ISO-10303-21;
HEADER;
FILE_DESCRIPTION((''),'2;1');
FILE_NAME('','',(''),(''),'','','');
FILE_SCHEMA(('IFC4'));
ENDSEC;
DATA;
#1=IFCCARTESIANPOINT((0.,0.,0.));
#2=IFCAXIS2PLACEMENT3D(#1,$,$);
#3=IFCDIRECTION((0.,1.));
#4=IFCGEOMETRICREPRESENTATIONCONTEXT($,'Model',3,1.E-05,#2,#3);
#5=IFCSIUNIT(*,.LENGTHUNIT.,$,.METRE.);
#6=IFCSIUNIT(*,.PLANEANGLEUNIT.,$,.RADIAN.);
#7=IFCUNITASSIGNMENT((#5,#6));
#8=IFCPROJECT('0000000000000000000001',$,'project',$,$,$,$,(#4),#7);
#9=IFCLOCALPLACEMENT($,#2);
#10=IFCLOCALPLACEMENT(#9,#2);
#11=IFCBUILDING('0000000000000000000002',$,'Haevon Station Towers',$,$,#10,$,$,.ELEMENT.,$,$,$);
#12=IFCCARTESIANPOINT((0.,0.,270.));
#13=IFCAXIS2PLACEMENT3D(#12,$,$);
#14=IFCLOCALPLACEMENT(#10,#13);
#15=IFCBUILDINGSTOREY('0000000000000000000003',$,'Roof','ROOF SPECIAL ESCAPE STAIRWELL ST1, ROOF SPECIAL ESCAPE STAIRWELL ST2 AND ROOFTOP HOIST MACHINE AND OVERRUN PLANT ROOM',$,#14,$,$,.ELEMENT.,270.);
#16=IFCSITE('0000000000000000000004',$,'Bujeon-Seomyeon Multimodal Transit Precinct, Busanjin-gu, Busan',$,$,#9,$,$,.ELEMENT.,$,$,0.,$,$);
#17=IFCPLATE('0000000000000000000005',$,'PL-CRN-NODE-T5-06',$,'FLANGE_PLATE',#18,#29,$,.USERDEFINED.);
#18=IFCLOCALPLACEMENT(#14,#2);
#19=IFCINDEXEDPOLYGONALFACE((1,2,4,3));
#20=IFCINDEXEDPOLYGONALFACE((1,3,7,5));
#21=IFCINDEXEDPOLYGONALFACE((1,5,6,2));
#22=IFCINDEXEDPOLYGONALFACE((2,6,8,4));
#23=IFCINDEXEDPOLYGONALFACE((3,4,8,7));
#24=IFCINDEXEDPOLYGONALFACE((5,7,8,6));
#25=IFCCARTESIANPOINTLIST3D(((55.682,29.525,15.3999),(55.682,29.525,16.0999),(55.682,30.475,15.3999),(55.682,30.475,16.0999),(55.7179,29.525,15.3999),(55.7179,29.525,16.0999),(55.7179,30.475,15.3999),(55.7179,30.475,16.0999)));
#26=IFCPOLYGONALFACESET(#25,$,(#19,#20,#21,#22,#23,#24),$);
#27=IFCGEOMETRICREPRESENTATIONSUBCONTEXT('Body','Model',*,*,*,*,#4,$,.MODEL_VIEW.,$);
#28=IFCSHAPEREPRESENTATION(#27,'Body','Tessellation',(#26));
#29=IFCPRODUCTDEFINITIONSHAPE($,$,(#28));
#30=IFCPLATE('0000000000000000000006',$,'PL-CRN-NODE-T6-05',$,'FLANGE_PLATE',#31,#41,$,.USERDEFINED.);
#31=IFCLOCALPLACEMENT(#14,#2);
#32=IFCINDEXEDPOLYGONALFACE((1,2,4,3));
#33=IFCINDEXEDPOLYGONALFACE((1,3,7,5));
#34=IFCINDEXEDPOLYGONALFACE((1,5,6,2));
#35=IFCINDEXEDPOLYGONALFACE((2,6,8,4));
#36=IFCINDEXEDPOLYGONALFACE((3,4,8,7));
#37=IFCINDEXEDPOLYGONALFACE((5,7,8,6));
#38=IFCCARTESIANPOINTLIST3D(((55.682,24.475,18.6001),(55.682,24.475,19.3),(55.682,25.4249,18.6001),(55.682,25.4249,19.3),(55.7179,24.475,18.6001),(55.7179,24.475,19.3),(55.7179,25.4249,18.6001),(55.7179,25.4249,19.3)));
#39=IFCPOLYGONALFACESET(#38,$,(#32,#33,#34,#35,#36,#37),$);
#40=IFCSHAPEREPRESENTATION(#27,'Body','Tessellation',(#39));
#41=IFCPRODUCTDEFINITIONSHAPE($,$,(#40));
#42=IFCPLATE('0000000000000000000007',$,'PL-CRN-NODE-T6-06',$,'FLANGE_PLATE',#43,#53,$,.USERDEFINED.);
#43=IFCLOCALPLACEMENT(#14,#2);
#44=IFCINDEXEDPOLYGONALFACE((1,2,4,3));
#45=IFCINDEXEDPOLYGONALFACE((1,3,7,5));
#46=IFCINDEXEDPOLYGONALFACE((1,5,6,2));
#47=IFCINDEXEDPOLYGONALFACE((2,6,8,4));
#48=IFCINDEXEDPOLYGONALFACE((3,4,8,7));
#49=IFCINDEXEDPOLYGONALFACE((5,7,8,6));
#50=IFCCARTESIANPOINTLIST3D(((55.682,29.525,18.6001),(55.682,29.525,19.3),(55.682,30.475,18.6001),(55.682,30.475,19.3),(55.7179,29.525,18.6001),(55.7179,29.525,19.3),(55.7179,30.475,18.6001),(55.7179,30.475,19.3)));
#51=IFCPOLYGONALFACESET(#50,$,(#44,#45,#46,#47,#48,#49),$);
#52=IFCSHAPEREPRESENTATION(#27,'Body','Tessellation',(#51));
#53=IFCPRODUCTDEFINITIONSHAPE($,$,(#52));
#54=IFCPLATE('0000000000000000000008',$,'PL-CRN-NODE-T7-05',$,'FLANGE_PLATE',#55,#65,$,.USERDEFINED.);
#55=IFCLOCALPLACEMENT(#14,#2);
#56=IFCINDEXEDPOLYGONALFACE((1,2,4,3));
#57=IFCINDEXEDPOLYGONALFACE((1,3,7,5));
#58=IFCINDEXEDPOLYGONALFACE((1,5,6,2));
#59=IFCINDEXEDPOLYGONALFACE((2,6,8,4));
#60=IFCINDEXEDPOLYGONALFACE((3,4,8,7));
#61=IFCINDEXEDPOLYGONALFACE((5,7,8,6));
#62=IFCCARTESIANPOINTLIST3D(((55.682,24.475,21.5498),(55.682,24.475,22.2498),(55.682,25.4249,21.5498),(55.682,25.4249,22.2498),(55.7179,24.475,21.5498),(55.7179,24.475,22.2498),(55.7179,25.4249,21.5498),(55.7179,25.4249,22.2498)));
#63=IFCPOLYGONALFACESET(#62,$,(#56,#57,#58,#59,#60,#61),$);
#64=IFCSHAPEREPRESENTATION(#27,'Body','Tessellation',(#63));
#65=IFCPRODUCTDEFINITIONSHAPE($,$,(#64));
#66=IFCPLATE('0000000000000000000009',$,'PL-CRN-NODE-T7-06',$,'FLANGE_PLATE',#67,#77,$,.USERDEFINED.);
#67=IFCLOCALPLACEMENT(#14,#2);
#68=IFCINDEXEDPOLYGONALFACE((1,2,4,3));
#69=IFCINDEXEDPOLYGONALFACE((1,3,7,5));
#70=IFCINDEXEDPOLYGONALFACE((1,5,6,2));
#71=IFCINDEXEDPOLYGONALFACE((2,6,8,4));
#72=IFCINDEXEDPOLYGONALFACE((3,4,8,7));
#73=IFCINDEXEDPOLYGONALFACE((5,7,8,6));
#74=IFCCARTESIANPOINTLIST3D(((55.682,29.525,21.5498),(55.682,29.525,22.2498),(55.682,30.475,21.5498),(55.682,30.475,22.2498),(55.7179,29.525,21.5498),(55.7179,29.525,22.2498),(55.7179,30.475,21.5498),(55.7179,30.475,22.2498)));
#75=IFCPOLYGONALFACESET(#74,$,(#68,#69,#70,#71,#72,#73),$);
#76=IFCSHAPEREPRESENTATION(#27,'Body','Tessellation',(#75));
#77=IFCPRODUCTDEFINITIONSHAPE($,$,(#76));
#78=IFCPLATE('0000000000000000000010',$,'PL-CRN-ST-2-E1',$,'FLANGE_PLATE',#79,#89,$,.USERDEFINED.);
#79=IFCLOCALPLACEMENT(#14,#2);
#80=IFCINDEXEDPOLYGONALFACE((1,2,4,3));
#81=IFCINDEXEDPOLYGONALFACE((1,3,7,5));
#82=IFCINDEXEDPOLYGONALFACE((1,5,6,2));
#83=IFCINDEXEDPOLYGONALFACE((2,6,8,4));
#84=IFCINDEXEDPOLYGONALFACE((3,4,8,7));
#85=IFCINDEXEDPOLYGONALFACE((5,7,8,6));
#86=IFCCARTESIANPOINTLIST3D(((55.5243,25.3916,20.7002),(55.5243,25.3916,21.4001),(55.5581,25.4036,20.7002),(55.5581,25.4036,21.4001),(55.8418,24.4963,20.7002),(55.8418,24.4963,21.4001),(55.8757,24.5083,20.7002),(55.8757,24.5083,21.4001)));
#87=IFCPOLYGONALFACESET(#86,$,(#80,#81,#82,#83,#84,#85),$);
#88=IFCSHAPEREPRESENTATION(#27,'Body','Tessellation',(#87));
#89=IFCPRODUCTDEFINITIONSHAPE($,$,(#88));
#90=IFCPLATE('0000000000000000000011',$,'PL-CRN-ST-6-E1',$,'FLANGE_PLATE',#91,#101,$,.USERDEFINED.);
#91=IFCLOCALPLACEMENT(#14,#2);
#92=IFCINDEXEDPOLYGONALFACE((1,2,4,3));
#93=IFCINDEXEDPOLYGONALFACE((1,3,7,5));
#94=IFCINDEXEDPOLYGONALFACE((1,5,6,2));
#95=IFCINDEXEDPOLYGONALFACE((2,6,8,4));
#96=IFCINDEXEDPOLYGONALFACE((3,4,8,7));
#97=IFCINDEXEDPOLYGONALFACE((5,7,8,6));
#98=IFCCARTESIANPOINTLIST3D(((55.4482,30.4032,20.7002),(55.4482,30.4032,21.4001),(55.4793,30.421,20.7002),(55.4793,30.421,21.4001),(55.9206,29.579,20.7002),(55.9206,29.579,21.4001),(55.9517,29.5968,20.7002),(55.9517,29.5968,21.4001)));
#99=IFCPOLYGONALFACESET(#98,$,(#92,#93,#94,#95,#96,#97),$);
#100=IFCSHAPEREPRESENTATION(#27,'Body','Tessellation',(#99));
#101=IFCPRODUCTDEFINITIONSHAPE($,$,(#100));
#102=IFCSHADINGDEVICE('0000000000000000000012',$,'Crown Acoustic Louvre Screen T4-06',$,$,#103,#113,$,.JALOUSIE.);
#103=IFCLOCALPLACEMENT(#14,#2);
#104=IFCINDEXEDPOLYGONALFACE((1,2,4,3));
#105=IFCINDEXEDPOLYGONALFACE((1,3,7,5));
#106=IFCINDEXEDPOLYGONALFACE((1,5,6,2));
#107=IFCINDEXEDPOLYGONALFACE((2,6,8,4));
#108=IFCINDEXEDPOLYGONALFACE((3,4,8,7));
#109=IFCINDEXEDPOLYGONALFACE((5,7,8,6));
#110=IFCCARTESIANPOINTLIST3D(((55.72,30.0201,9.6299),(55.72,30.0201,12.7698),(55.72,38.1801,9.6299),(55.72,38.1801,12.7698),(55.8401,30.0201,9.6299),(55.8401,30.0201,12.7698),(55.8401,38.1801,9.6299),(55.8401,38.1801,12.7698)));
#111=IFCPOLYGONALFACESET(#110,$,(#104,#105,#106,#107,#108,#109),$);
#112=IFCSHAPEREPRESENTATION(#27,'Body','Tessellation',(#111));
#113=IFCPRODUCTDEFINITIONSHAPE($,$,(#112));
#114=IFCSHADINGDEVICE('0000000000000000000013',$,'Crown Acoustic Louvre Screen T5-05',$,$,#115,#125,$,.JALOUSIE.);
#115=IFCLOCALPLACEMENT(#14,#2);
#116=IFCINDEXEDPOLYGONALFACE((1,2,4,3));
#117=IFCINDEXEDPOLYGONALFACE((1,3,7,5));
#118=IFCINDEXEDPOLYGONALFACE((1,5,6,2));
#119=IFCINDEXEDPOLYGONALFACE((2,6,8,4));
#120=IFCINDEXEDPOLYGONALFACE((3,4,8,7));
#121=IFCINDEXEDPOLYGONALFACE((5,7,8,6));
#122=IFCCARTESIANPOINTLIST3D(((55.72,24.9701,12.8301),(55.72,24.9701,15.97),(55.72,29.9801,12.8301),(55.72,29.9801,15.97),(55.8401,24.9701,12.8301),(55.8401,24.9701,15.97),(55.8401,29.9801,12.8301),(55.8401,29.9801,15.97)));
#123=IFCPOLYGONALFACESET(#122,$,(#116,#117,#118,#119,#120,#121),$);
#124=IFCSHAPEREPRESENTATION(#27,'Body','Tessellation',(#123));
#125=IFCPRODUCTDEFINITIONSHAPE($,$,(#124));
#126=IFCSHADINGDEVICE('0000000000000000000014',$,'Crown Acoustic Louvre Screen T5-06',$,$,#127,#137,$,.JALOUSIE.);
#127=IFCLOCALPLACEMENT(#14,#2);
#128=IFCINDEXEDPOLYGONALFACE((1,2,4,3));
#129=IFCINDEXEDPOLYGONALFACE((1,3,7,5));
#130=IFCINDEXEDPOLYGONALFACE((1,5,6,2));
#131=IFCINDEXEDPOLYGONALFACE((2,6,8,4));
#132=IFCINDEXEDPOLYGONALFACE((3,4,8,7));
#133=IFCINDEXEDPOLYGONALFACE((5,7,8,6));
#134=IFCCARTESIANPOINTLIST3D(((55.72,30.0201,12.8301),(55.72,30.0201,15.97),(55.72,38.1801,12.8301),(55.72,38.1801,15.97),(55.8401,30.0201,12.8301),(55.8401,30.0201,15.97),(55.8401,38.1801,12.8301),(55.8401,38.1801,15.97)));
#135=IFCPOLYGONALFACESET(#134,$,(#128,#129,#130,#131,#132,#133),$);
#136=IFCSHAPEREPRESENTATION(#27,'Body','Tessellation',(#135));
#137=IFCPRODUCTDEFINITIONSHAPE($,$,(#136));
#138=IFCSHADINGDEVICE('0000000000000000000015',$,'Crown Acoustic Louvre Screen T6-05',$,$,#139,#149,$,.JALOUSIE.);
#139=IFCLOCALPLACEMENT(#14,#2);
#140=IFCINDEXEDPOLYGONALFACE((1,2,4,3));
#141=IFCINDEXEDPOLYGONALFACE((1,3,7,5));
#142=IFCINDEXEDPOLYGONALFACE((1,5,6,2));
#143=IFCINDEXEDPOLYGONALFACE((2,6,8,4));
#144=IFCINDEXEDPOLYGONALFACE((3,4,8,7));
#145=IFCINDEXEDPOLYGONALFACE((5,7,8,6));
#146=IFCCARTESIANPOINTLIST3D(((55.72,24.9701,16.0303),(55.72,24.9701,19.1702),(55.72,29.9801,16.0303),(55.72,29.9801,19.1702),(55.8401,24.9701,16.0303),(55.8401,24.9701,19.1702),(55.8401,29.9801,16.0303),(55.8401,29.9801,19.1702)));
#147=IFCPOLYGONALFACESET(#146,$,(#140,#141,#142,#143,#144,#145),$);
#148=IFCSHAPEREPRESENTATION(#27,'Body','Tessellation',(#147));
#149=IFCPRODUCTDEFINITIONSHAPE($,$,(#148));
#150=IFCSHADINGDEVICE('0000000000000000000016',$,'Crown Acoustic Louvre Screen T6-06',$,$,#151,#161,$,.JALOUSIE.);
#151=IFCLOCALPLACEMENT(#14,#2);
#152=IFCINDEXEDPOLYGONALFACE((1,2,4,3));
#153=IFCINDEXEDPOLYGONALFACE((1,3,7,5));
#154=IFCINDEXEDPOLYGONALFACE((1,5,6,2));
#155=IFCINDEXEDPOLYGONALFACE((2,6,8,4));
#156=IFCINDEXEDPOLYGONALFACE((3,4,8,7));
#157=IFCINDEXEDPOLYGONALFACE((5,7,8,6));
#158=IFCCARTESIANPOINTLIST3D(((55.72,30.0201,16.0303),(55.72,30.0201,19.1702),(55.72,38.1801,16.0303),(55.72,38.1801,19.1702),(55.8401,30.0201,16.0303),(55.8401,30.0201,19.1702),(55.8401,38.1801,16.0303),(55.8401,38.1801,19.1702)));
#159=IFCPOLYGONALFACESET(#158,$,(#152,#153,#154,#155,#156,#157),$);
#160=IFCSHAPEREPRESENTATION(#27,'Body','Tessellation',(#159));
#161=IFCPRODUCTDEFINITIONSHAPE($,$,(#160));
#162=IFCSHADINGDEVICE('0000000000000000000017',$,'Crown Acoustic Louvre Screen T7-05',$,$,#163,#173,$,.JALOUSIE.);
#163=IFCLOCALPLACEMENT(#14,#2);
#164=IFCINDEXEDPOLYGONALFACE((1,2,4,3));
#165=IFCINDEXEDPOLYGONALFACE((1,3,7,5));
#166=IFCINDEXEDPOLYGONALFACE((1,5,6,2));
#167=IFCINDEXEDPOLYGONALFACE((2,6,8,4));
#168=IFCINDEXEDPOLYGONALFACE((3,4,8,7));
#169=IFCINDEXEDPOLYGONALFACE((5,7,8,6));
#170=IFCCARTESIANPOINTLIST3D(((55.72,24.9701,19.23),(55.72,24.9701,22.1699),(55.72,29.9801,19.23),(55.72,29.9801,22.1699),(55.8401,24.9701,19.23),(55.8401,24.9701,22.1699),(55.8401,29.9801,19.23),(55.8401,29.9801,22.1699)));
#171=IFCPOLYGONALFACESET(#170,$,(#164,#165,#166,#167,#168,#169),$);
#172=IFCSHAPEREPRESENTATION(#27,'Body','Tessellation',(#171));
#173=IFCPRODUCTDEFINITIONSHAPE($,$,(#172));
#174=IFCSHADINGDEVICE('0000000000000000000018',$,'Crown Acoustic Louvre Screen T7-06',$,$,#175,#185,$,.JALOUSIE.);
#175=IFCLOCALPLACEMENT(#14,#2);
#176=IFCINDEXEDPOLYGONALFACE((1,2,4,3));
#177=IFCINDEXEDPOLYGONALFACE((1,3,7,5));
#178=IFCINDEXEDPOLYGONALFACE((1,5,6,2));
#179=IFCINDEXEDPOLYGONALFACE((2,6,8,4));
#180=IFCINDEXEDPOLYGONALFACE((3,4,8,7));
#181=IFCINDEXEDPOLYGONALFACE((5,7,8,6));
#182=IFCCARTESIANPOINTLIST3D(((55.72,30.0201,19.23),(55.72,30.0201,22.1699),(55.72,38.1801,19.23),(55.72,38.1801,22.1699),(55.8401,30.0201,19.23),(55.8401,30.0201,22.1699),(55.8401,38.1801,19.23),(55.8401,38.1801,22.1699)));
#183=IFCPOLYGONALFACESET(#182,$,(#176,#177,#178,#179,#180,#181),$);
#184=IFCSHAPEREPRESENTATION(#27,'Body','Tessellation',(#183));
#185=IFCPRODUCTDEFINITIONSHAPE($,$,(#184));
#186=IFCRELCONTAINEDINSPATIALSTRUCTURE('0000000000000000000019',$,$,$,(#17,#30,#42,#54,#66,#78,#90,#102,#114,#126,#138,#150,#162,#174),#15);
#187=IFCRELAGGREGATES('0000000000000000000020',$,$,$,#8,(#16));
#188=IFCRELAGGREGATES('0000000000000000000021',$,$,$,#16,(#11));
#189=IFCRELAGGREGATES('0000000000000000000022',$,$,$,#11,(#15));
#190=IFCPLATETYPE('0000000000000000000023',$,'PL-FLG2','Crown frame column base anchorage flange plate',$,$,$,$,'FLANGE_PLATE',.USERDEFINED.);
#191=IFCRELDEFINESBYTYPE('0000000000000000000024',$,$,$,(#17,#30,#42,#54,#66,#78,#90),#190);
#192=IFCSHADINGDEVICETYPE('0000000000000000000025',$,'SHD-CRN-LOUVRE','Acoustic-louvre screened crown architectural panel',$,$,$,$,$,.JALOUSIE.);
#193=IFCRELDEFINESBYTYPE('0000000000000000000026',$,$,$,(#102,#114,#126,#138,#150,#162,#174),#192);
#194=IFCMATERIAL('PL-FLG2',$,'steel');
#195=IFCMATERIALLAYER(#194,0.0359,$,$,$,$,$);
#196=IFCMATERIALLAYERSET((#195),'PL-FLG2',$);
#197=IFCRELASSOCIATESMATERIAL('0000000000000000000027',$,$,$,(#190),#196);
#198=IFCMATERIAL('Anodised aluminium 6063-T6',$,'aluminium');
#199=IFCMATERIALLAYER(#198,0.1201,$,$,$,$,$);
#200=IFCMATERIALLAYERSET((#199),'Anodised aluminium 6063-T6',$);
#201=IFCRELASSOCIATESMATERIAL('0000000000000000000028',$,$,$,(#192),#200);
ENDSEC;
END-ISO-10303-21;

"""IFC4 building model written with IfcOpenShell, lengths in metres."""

from ifc_helpers import new_model, si_unit, direction, frame, origin, origin_2d, place, context, subcontext, project, spatial, rectangle, extrude, material, layer, layer_set, type_object, element, save


model = new_model("IFC4")

# Units and contexts
model_context = context("Model", 3, precision=1e-05, world=origin(), true_north=direction((0.0, 1.0)))
body_context = subcontext(model_context, "Body", "Model", "MODEL_VIEW")
ifc_project = project(units=[si_unit("LENGTHUNIT", "METRE"), si_unit("PLANEANGLEUNIT", "RADIAN")], contexts=[model_context])

# Site, building, storey
site_placement = place(None, origin())
site = spatial("IfcSite", under=ifc_project, at=site_placement, Name="Bujeon-Seomyeon Multimodal Transit Precinct, Busanjin-gu, Busan", CompositionType="ELEMENT", RefElevation=0.0)
building_placement = place(site_placement, origin())
building = spatial("IfcBuilding", under=site, at=building_placement, Name="Haevon Station Towers", CompositionType="ELEMENT")
storey_placement = place(building_placement, frame((0.0, 0.0, 270.0)))
storey = spatial("IfcBuildingStorey", under=building, at=storey_placement, Name="Roof", Description="ROOF SPECIAL ESCAPE STAIRWELL ST1, ROOF SPECIAL ESCAPE STAIRWELL ST2 AND ROOFTOP HOIST MACHINE AND OVERRUN PLANT ROOM", CompositionType="ELEMENT", Elevation=270.0)

# Plates
ifc_material_1 = material(Name="Anodised aluminium 6063-T6", Category="aluminium")
ifc_material_2 = material(Name="PL-FLG2", Category="steel")
ifc_layer_1 = layer(ifc_material_2, 0.0359)
ifc_layer_set_1 = layer_set([ifc_layer_1], Name="PL-FLG2")
plate_type_1 = type_object("IfcPlateType", Name="PL-FLG2", Description="Crown frame column base anchorage flange plate", ElementType="FLANGE_PLATE", PredefinedType="USERDEFINED", material=ifc_layer_set_1)
for number, where, z_axis, x_axis, name in (
    (1, (55.7, 30.0, 15.3999), (0.0, 0.0, 1.0), (0.0, 1.0, 0.0), "PL-CRN-NODE-T5-06"),
    (2, (55.7, 24.95, 18.6001), (0.0, 0.0, 1.0), (0.0, 1.0, 0.0), "PL-CRN-NODE-T6-05"),
    (3, (55.7, 30.0, 18.6001), (0.0, 0.0, 1.0), (0.0, 1.0, 0.0), "PL-CRN-NODE-T6-06"),
    (4, (55.7, 24.95, 21.5498), (0.0, 0.0, 1.0), (0.0, 1.0, 0.0), "PL-CRN-NODE-T7-05"),
    (5, (55.7, 30.0, 21.5498), (0.0, 0.0, 1.0), (0.0, 1.0, 0.0), "PL-CRN-NODE-T7-06"),
    (6, (55.7, 24.95, 20.7002), (0.0, 0.0, 1.0), (-0.334309, 0.942464, 0.0), "PL-CRN-ST-2-E1"),
    (7, (55.7, 30.0, 20.7002), (0.0, 0.0, 1.0), (-0.497278, 0.867591, 0.0), "PL-CRN-ST-6-E1"),
):
    element("IfcPlate", number, at=place(storey_placement, frame(where, z_axis=z_axis, x_axis=x_axis)), inside=storey, type_object=plate_type_1, Name=name, ObjectType="FLANGE_PLATE", PredefinedType="USERDEFINED", context=body_context, shape_type="SweptSolid", body=[
        extrude(rectangle(XDim=0.95, YDim=0.0359, at=origin_2d()), origin(), (0.0, 0.0, 1.0), 0.7),
    ])

# Shading devices
ifc_layer_2 = layer(ifc_material_1, 0.1201)
ifc_layer_set_2 = layer_set([ifc_layer_2], Name="Anodised aluminium 6063-T6")
shading_device_type = type_object("IfcShadingDeviceType", Name="SHD-CRN-LOUVRE", Description="Acoustic-louvre screened crown architectural panel", PredefinedType="JALOUSIE", material=ifc_layer_set_2)
shading_device_1_placement = place(storey_placement, frame((55.78, 34.1001, 9.6299), z_axis=(0.0, 0.0, 1.0), x_axis=(0.0, 1.0, 0.0)))
element("IfcShadingDevice", 8, at=shading_device_1_placement, inside=storey, type_object=shading_device_type, Name="Crown Acoustic Louvre Screen T4-06", PredefinedType="JALOUSIE", context=body_context, shape_type="SweptSolid", body=[
    extrude(rectangle(XDim=8.1599, YDim=0.1201, at=origin_2d()), origin(), (0.0, 0.0, 1.0), 3.1399),
])
shading_device_2_placement = place(storey_placement, frame((55.78, 27.4751, 12.8301), z_axis=(0.0, 0.0, 1.0), x_axis=(0.0, 1.0, 0.0)))
element("IfcShadingDevice", 9, at=shading_device_2_placement, inside=storey, type_object=shading_device_type, Name="Crown Acoustic Louvre Screen T5-05", PredefinedType="JALOUSIE", context=body_context, shape_type="SweptSolid", body=[
    extrude(rectangle(XDim=5.01, YDim=0.1201, at=origin_2d()), origin(), (0.0, 0.0, 1.0), 3.1399),
])
shading_device_3_placement = place(storey_placement, frame((55.78, 34.1001, 12.8301), z_axis=(0.0, 0.0, 1.0), x_axis=(0.0, 1.0, 0.0)))
element("IfcShadingDevice", 10, at=shading_device_3_placement, inside=storey, type_object=shading_device_type, Name="Crown Acoustic Louvre Screen T5-06", PredefinedType="JALOUSIE", context=body_context, shape_type="SweptSolid", body=[
    extrude(rectangle(XDim=8.1599, YDim=0.1201, at=origin_2d()), origin(), (0.0, 0.0, 1.0), 3.1399),
])
shading_device_4_placement = place(storey_placement, frame((55.78, 27.4751, 16.0303), z_axis=(0.0, 0.0, 1.0), x_axis=(0.0, 1.0, 0.0)))
element("IfcShadingDevice", 11, at=shading_device_4_placement, inside=storey, type_object=shading_device_type, Name="Crown Acoustic Louvre Screen T6-05", PredefinedType="JALOUSIE", context=body_context, shape_type="SweptSolid", body=[
    extrude(rectangle(XDim=5.01, YDim=0.1201, at=origin_2d()), origin(), (0.0, 0.0, 1.0), 3.1399),
])
shading_device_5_placement = place(storey_placement, frame((55.78, 34.1001, 16.0303), z_axis=(0.0, 0.0, 1.0), x_axis=(0.0, 1.0, 0.0)))
element("IfcShadingDevice", 12, at=shading_device_5_placement, inside=storey, type_object=shading_device_type, Name="Crown Acoustic Louvre Screen T6-06", PredefinedType="JALOUSIE", context=body_context, shape_type="SweptSolid", body=[
    extrude(rectangle(XDim=8.1599, YDim=0.1201, at=origin_2d()), origin(), (0.0, 0.0, 1.0), 3.1399),
])
shading_device_6_placement = place(storey_placement, frame((55.78, 27.4751, 19.23), z_axis=(0.0, 0.0, 1.0), x_axis=(0.0, 1.0, 0.0)))
element("IfcShadingDevice", 13, at=shading_device_6_placement, inside=storey, type_object=shading_device_type, Name="Crown Acoustic Louvre Screen T7-05", PredefinedType="JALOUSIE", context=body_context, shape_type="SweptSolid", body=[
    extrude(rectangle(XDim=5.01, YDim=0.1201, at=origin_2d()), origin(), (0.0, 0.0, 1.0), 2.9399),
])
shading_device_7_placement = place(storey_placement, frame((55.78, 34.1001, 19.23), z_axis=(0.0, 0.0, 1.0), x_axis=(0.0, 1.0, 0.0)))
element("IfcShadingDevice", 14, at=shading_device_7_placement, inside=storey, type_object=shading_device_type, Name="Crown Acoustic Louvre Screen T7-06", PredefinedType="JALOUSIE", context=body_context, shape_type="SweptSolid", body=[
    extrude(rectangle(XDim=8.1599, YDim=0.1201, at=origin_2d()), origin(), (0.0, 0.0, 1.0), 2.9399),
])

save(model, "model.ifc")
